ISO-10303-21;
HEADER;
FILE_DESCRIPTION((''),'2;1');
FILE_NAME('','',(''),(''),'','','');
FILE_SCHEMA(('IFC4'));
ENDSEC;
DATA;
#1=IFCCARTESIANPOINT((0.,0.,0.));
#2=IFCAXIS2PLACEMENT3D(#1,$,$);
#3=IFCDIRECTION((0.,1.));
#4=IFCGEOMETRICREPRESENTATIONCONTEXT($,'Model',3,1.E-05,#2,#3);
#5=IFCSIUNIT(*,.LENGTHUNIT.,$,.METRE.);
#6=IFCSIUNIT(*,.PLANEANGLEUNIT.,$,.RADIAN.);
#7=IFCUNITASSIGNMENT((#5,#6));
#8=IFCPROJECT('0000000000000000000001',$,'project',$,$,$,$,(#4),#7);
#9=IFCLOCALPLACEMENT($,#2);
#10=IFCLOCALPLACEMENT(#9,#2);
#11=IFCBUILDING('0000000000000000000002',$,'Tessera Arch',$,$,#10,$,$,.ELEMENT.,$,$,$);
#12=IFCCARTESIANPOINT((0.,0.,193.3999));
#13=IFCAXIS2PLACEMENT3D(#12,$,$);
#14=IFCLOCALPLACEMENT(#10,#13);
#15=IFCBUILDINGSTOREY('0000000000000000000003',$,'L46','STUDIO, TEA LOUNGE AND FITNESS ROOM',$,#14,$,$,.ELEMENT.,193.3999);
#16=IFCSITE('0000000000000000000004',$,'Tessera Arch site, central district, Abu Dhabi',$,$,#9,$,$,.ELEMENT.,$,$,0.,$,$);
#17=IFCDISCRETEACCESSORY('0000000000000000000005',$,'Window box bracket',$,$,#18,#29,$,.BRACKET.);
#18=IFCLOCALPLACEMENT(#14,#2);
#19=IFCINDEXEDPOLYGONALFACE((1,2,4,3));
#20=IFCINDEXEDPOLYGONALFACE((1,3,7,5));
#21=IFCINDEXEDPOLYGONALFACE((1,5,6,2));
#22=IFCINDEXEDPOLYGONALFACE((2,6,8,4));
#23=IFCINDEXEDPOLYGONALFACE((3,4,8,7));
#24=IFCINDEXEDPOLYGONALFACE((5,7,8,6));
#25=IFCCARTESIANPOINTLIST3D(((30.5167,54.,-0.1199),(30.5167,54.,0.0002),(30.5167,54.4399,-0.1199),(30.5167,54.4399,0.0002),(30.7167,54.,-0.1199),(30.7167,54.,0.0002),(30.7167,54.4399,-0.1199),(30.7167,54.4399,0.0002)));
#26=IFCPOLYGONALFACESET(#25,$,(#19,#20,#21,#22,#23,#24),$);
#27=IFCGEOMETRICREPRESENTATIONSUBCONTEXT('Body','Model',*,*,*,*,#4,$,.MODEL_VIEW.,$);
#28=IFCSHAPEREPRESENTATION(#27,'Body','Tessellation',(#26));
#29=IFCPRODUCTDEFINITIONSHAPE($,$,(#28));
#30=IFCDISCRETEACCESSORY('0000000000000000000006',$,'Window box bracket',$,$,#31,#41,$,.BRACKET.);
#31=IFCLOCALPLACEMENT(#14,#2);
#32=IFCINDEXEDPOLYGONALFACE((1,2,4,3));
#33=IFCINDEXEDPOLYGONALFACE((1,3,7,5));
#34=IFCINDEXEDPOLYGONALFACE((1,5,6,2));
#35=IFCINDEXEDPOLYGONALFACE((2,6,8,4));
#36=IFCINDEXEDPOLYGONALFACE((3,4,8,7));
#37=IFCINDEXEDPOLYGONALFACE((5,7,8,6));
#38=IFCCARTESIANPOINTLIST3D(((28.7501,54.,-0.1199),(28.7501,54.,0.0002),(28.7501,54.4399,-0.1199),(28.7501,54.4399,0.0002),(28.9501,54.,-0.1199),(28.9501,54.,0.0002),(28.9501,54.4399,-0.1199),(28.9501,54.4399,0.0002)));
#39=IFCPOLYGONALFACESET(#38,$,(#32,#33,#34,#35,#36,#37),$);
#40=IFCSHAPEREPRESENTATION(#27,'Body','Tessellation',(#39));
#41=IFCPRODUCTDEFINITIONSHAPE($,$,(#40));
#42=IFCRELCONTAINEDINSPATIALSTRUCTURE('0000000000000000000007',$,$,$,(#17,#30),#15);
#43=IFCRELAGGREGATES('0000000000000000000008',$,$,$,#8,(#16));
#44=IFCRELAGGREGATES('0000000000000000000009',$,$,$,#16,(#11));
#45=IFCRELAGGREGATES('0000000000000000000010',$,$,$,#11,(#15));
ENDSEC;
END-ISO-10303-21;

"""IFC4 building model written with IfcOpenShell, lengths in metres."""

from ifc_helpers import new_model, si_unit, direction, frame, origin, origin_2d, place, context, subcontext, project, spatial, rectangle, extrude, element, save


model = new_model("IFC4")

# Units and contexts
model_context = context("Model", 3, precision=1e-05, world=origin(), true_north=direction((0.0, 1.0)))
body_context = subcontext(model_context, "Body", "Model", "MODEL_VIEW")
ifc_project = project(units=[si_unit("LENGTHUNIT", "METRE"), si_unit("PLANEANGLEUNIT", "RADIAN")], contexts=[model_context])

# Site, building, storey
site_placement = place(None, origin())
site = spatial("IfcSite", under=ifc_project, at=site_placement, Name="Tessera Arch site, central district, Abu Dhabi", CompositionType="ELEMENT", RefElevation=0.0)
building_placement = place(site_placement, origin())
building = spatial("IfcBuilding", under=site, at=building_placement, Name="Tessera Arch", CompositionType="ELEMENT")
storey_placement = place(building_placement, frame((0.0, 0.0, 193.3999)))
storey = spatial("IfcBuildingStorey", under=building, at=storey_placement, Name="L46", Description="STUDIO, TEA LOUNGE AND FITNESS ROOM", CompositionType="ELEMENT", Elevation=193.3999)

# Discrete accessories
for number, where, z_axis, x_axis, name in (
    (1, (30.6167, 54.22, -0.1199), (0.0, 0.0, 1.0), (0.0, 1.0, 0.0), "Window box bracket"),
    (2, (28.8501, 54.22, -0.1199), (0.0, 0.0, 1.0), (0.0, 1.0, 0.0), "Window box bracket"),
):
    element("IfcDiscreteAccessory", number, at=place(storey_placement, frame(where, z_axis=z_axis, x_axis=x_axis)), inside=storey, Name=name, PredefinedType="BRACKET", context=body_context, shape_type="SweptSolid", body=[
        extrude(rectangle(XDim=0.4399, YDim=0.2, at=origin_2d()), origin(), (0.0, 0.0, 1.0), 0.1201),
    ])

save(model, "model.ifc")
